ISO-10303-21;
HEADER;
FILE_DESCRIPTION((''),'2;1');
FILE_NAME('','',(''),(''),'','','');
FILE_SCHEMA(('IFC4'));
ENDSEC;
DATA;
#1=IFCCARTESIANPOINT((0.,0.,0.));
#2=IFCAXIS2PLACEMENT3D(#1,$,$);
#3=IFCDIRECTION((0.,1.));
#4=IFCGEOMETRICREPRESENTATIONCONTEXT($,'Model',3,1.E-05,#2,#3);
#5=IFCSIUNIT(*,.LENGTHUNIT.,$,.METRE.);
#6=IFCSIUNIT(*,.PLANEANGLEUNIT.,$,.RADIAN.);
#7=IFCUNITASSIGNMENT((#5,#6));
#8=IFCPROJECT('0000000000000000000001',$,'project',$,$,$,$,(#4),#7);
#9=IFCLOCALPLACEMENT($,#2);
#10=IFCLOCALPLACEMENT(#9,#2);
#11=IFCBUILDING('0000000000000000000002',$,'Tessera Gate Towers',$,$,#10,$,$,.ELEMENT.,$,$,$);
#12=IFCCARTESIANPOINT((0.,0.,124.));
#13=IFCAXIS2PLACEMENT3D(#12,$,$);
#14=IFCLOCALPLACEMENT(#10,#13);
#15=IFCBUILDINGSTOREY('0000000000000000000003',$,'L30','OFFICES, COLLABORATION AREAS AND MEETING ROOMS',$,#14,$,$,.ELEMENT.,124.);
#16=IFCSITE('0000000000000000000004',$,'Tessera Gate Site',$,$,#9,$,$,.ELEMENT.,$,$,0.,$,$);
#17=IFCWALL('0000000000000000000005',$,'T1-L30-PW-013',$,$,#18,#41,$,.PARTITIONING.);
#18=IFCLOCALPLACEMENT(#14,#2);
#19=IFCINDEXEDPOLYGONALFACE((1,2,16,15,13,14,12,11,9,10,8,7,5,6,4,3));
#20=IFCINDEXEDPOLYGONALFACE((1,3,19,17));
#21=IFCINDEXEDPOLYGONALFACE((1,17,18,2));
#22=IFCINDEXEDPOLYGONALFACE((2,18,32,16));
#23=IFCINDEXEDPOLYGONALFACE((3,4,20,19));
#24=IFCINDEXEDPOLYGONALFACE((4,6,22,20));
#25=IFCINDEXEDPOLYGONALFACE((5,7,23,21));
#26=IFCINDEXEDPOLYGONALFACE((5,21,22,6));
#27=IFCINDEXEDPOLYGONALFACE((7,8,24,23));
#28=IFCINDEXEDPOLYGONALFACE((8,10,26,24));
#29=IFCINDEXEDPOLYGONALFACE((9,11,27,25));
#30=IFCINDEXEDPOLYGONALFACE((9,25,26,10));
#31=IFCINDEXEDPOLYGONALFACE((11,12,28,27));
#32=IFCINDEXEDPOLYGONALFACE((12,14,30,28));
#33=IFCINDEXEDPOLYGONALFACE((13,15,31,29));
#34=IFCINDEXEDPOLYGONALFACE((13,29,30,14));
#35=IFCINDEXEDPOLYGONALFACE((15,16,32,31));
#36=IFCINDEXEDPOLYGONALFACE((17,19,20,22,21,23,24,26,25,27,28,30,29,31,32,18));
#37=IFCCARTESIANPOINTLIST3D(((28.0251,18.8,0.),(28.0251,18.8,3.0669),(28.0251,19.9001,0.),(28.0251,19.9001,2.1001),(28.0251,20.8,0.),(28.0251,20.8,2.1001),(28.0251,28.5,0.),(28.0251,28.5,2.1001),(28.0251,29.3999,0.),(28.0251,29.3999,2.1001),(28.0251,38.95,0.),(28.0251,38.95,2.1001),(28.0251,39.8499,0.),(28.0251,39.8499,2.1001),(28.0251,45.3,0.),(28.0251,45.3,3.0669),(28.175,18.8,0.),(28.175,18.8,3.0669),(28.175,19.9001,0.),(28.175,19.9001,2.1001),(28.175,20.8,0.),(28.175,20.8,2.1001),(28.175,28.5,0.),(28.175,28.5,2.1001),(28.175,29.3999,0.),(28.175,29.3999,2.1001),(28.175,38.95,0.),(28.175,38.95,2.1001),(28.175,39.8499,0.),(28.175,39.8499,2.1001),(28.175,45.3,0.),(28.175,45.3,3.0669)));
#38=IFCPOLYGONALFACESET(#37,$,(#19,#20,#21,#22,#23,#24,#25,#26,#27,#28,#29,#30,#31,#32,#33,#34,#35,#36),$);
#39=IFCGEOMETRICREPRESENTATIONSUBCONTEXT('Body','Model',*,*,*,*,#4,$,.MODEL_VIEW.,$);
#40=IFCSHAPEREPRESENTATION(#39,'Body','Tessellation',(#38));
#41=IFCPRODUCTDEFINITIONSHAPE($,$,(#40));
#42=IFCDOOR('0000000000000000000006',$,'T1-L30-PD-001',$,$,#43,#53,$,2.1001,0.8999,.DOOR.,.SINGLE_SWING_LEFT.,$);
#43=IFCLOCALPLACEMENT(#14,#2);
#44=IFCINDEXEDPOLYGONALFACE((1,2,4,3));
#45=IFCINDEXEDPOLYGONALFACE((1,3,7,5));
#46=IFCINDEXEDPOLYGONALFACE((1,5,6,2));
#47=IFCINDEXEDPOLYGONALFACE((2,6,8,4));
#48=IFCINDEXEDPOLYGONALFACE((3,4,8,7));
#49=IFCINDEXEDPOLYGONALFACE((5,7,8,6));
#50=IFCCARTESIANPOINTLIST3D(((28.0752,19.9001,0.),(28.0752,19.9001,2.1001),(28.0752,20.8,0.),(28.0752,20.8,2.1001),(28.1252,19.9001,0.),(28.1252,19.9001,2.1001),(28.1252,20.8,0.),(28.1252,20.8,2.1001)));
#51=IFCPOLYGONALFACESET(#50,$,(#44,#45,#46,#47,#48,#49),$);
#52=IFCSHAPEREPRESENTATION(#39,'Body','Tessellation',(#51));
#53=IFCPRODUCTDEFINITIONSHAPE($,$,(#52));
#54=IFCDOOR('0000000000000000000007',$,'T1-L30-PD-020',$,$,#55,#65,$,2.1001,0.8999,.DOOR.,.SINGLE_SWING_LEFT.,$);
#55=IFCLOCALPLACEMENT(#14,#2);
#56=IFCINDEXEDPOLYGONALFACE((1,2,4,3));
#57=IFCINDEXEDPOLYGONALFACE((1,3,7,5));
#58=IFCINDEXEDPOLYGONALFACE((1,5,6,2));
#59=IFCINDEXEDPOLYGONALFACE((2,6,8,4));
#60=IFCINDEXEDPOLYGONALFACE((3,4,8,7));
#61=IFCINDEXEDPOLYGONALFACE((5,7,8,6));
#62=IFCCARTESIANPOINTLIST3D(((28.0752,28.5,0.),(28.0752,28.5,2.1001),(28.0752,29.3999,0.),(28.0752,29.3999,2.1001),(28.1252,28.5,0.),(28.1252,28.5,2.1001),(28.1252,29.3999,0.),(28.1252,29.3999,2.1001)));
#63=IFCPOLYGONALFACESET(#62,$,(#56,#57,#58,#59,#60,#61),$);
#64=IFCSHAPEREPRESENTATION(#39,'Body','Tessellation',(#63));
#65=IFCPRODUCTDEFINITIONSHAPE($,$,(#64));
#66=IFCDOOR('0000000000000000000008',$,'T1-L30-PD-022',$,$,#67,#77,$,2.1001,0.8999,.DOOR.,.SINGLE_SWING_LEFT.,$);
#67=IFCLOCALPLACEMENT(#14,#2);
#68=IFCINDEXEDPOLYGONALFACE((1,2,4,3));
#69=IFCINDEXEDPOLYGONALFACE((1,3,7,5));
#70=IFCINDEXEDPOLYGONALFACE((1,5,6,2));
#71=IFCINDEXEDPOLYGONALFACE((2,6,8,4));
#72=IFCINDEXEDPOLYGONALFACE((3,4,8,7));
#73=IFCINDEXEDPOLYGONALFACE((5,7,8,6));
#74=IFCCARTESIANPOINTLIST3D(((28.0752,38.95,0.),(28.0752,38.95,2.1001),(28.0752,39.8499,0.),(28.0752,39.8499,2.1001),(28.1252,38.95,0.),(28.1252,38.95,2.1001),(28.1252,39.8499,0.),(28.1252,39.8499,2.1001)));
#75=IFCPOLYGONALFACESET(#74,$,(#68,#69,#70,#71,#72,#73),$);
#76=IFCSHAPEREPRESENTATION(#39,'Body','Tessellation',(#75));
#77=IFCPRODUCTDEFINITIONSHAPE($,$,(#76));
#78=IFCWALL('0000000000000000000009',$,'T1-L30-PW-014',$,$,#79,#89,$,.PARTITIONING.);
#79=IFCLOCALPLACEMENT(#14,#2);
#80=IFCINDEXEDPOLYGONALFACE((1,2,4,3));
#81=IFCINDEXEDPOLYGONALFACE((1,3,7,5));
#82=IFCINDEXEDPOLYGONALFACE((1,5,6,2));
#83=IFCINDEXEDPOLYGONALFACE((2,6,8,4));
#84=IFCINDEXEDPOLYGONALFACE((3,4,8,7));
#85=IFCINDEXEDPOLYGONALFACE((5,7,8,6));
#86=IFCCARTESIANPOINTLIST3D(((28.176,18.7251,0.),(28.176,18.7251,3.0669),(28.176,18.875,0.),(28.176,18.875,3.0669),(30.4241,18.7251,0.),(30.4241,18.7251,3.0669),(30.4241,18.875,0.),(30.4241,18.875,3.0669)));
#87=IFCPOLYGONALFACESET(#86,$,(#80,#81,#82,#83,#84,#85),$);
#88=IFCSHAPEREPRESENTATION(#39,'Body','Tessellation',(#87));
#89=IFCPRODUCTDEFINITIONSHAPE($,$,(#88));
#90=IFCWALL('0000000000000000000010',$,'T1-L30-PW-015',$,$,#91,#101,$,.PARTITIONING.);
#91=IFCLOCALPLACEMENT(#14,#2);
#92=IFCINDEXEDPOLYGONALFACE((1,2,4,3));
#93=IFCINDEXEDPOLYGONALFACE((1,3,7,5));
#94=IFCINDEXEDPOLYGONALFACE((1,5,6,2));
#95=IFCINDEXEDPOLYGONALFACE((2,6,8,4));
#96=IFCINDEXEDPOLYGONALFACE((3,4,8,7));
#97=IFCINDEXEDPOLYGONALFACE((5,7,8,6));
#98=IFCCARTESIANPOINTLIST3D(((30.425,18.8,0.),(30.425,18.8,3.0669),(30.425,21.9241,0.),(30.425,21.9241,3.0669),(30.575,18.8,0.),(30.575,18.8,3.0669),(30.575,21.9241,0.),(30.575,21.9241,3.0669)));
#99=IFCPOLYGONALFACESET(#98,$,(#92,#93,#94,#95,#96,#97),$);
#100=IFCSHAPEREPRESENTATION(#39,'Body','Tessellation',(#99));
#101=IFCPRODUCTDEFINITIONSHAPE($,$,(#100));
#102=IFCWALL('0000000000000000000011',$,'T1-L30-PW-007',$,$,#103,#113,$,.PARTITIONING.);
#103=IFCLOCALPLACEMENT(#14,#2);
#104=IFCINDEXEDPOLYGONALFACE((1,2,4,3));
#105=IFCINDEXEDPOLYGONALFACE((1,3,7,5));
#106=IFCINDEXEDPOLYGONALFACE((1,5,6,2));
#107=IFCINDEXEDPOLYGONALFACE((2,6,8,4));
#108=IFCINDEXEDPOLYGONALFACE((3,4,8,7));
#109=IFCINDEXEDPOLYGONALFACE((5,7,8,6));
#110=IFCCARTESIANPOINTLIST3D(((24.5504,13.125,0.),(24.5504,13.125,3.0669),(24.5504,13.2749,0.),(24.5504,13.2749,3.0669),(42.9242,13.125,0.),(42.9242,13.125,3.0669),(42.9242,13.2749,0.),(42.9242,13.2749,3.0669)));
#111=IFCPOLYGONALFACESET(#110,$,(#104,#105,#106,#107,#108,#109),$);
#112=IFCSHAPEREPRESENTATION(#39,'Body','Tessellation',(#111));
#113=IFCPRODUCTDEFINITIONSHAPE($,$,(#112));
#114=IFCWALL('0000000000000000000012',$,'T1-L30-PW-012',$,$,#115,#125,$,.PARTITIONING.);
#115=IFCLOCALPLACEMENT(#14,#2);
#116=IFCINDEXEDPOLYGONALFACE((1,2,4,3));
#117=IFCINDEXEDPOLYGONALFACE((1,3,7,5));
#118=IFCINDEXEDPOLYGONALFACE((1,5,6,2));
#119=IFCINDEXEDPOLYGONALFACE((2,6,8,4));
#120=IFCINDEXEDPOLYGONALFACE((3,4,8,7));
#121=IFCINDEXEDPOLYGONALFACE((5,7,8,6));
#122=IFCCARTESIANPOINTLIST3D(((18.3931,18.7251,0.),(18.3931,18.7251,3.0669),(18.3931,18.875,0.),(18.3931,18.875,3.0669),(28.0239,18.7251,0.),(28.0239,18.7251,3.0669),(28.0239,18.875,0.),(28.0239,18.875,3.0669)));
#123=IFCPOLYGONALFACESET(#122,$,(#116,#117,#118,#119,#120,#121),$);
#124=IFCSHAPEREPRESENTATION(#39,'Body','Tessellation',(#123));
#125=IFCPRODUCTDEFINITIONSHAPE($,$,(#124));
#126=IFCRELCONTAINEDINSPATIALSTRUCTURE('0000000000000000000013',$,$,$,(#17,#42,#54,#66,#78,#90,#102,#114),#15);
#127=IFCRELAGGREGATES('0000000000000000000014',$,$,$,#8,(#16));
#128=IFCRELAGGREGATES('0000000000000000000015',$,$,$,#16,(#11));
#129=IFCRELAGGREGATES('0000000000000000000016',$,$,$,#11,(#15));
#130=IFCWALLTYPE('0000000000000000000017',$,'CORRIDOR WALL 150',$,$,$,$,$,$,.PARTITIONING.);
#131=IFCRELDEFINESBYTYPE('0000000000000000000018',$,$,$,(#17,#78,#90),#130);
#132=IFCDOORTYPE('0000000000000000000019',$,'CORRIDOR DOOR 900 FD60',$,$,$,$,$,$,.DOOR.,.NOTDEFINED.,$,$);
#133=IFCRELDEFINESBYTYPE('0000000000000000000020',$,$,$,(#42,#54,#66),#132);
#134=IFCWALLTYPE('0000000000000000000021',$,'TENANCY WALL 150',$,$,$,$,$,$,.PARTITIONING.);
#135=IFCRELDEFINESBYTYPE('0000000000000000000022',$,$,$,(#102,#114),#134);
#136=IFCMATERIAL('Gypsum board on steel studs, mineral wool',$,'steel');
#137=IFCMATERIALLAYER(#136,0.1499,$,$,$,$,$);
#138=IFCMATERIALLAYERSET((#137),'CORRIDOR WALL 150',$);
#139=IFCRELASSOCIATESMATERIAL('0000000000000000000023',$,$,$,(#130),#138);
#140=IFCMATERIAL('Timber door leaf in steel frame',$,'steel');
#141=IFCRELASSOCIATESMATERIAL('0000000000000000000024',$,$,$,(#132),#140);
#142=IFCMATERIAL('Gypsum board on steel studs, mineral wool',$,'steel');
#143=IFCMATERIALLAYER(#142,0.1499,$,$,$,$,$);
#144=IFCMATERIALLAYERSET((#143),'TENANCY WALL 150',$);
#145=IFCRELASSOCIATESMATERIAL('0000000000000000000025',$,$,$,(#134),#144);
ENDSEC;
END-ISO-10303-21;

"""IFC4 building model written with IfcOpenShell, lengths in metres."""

from ifc_helpers import new_model, si_unit, direction, frame, frame_2d, origin, place, context, subcontext, project, spatial, rectangle, extrude, source, transform, mapped, material, layer, layer_set, type_object, element, fill, save


model = new_model("IFC4")

# Units and contexts
model_context = context("Model", 3, precision=1e-05, world=origin(), true_north=direction((0.0, 1.0)))
body_context = subcontext(model_context, "Body", "Model", "MODEL_VIEW")
ifc_project = project(units=[si_unit("LENGTHUNIT", "METRE"), si_unit("PLANEANGLEUNIT", "RADIAN")], contexts=[model_context])

# Site, building, storey
site_placement = place(None, origin())
site = spatial("IfcSite", under=ifc_project, at=site_placement, Name="Tessera Gate Site", CompositionType="ELEMENT", RefElevation=0.0)
building_placement = place(site_placement, origin())
building = spatial("IfcBuilding", under=site, at=building_placement, Name="Tessera Gate Towers", CompositionType="ELEMENT")
storey_placement = place(building_placement, frame((0.0, 0.0, 124.0)))
storey = spatial("IfcBuildingStorey", under=building, at=storey_placement, Name="L30", Description="OFFICES, COLLABORATION AREAS AND MEETING ROOMS", CompositionType="ELEMENT", Elevation=124.0)

# Wall, openings, doors
ifc_material_1 = material(Name="Gypsum board on steel studs, mineral wool", Category="steel")
ifc_layer_1 = layer(ifc_material_1, 0.1499)
ifc_layer_set_1 = layer_set([ifc_layer_1], Name="CORRIDOR WALL 150")
wall_type_1 = type_object("IfcWallType", Name="CORRIDOR WALL 150", PredefinedType="PARTITIONING", material=ifc_layer_set_1)
wall_1_placement = place(storey_placement, frame((28.1001, 18.8, 0.0), z_axis=(0.0, 0.0, 1.0), x_axis=(0.0, 1.0, 0.0)))
wall_1 = element("IfcWall", 1, at=wall_1_placement, inside=storey, type_object=wall_type_1, Name="T1-L30-PW-013", PredefinedType="PARTITIONING", context=body_context, shape_type="SweptSolid", body=[
    extrude(rectangle(XDim=26.5, YDim=0.1499, at=frame_2d((13.25, 0.0))), origin(), (0.0, 0.0, 1.0), 3.0669),
])
shared_shape_1 = source(origin(), body_context, "Body", "SweptSolid", [
    extrude(rectangle(XDim=0.8999, YDim=2.1001, at=frame_2d((0.45, 1.05))), frame((0.0, 0.085, 0.0), z_axis=(0.0, -1.0, 0.0), x_axis=(1.0, 0.0, 0.0)), (0.0, 0.0, 1.0), 0.1699),
])
opening_1_placement = place(wall_1_placement, frame((1.1001, 0.0, 0.0)))
opening_1 = element("IfcOpeningElement", 2, at=opening_1_placement, cuts=wall_1, PredefinedType="OPENING", context=body_context, shape_type="MappedRepresentation", body=[
    mapped(shared_shape_1, transform((0.0, 0.0, 0.0), scale=1.0)),
])
opening_2_placement = place(wall_1_placement, frame((9.7, 0.0, 0.0)))
opening_2 = element("IfcOpeningElement", 3, at=opening_2_placement, cuts=wall_1, PredefinedType="OPENING", context=body_context, shape_type="MappedRepresentation", body=[
    mapped(shared_shape_1, transform((0.0, 0.0, 0.0), scale=1.0)),
])
opening_3_placement = place(wall_1_placement, frame((20.1499, 0.0, 0.0)))
opening_3 = element("IfcOpeningElement", 4, at=opening_3_placement, cuts=wall_1, PredefinedType="OPENING", context=body_context, shape_type="MappedRepresentation", body=[
    mapped(shared_shape_1, transform((0.0, 0.0, 0.0), scale=1.0)),
])
ifc_material_2 = material(Name="Timber door leaf in steel frame", Category="steel")
door_type = type_object("IfcDoorType", Name="CORRIDOR DOOR 900 FD60", OperationType="NOTDEFINED", PredefinedType="DOOR", material=ifc_material_2)
shared_shape_2 = source(origin(), body_context, "Body", "SweptSolid", [
    extrude(rectangle(XDim=0.8999, YDim=2.1001, at=frame_2d((0.45, 1.05))), frame((0.0, 0.0249, 0.0), z_axis=(0.0, -1.0, 0.0), x_axis=(1.0, 0.0, 0.0)), (0.0, 0.0, 1.0), 0.05),
])
door_1_placement = place(opening_1_placement, origin())
door_1 = element("IfcDoor", 5, at=door_1_placement, inside=storey, type_object=door_type, Name="T1-L30-PD-001", OperationType="SINGLE_SWING_LEFT", OverallHeight=2.1001, OverallWidth=0.8999, PredefinedType="DOOR", context=body_context, shape_type="MappedRepresentation", body=[
    mapped(shared_shape_2, transform((0.0, 0.0, 0.0), scale=1.0)),
])
fill(opening_1, door_1)
door_2_placement = place(opening_2_placement, origin())
door_2 = element("IfcDoor", 6, at=door_2_placement, inside=storey, type_object=door_type, Name="T1-L30-PD-020", OperationType="SINGLE_SWING_LEFT", OverallHeight=2.1001, OverallWidth=0.8999, PredefinedType="DOOR", context=body_context, shape_type="MappedRepresentation", body=[
    mapped(shared_shape_2, transform((0.0, 0.0, 0.0), scale=1.0)),
])
fill(opening_2, door_2)
door_3_placement = place(opening_3_placement, origin())
door_3 = element("IfcDoor", 7, at=door_3_placement, inside=storey, type_object=door_type, Name="T1-L30-PD-022", OperationType="SINGLE_SWING_LEFT", OverallHeight=2.1001, OverallWidth=0.8999, PredefinedType="DOOR", context=body_context, shape_type="MappedRepresentation", body=[
    mapped(shared_shape_2, transform((0.0, 0.0, 0.0), scale=1.0)),
])
fill(opening_3, door_3)

# Walls
wall_2_placement = place(storey_placement, frame((28.176, 18.8, 0.0), z_axis=(0.0, 0.0, 1.0), x_axis=(1.0, 0.0, 0.0)))
element("IfcWall", 8, at=wall_2_placement, inside=storey, type_object=wall_type_1, Name="T1-L30-PW-014", PredefinedType="PARTITIONING", context=body_context, shape_type="SweptSolid", body=[
    extrude(rectangle(XDim=2.248, YDim=0.1499, at=frame_2d((1.124, 0.0))), origin(), (0.0, 0.0, 1.0), 3.0669),
])
wall_3_placement = place(storey_placement, frame((30.5, 18.8, 0.0), z_axis=(0.0, 0.0, 1.0), x_axis=(0.0, 1.0, 0.0)))
element("IfcWall", 9, at=wall_3_placement, inside=storey, type_object=wall_type_1, Name="T1-L30-PW-015", PredefinedType="PARTITIONING", context=body_context, shape_type="SweptSolid", body=[
    extrude(rectangle(XDim=3.124, YDim=0.1499, at=frame_2d((1.562, 0.0))), origin(), (0.0, 0.0, 1.0), 3.0669),
])
ifc_material_3 = material(Name="Gypsum board on steel studs, mineral wool", Category="steel")
ifc_layer_2 = layer(ifc_material_3, 0.1499)
ifc_layer_set_2 = layer_set([ifc_layer_2], Name="TENANCY WALL 150")
wall_type_2 = type_object("IfcWallType", Name="TENANCY WALL 150", PredefinedType="PARTITIONING", material=ifc_layer_set_2)
wall_4_placement = place(storey_placement, frame((24.5503, 13.2, 0.0), z_axis=(0.0, 0.0, 1.0), x_axis=(1.0, 0.0, 0.0)))
element("IfcWall", 10, at=wall_4_placement, inside=storey, type_object=wall_type_2, Name="T1-L30-PW-007", PredefinedType="PARTITIONING", context=body_context, shape_type="SweptSolid", body=[
    extrude(rectangle(XDim=18.3738, YDim=0.1499, at=frame_2d((9.187, 0.0))), origin(), (0.0, 0.0, 1.0), 3.0669),
])
wall_5_placement = place(storey_placement, frame((18.3931, 18.8, 0.0), z_axis=(0.0, 0.0, 1.0), x_axis=(1.0, 0.0, 0.0)))
element("IfcWall", 11, at=wall_5_placement, inside=storey, type_object=wall_type_2, Name="T1-L30-PW-012", PredefinedType="PARTITIONING", context=body_context, shape_type="SweptSolid", body=[
    extrude(rectangle(XDim=9.6309, YDim=0.1499, at=frame_2d((4.8154, 0.0))), origin(), (0.0, 0.0, 1.0), 3.0669),
])

save(model, "model.ifc")
